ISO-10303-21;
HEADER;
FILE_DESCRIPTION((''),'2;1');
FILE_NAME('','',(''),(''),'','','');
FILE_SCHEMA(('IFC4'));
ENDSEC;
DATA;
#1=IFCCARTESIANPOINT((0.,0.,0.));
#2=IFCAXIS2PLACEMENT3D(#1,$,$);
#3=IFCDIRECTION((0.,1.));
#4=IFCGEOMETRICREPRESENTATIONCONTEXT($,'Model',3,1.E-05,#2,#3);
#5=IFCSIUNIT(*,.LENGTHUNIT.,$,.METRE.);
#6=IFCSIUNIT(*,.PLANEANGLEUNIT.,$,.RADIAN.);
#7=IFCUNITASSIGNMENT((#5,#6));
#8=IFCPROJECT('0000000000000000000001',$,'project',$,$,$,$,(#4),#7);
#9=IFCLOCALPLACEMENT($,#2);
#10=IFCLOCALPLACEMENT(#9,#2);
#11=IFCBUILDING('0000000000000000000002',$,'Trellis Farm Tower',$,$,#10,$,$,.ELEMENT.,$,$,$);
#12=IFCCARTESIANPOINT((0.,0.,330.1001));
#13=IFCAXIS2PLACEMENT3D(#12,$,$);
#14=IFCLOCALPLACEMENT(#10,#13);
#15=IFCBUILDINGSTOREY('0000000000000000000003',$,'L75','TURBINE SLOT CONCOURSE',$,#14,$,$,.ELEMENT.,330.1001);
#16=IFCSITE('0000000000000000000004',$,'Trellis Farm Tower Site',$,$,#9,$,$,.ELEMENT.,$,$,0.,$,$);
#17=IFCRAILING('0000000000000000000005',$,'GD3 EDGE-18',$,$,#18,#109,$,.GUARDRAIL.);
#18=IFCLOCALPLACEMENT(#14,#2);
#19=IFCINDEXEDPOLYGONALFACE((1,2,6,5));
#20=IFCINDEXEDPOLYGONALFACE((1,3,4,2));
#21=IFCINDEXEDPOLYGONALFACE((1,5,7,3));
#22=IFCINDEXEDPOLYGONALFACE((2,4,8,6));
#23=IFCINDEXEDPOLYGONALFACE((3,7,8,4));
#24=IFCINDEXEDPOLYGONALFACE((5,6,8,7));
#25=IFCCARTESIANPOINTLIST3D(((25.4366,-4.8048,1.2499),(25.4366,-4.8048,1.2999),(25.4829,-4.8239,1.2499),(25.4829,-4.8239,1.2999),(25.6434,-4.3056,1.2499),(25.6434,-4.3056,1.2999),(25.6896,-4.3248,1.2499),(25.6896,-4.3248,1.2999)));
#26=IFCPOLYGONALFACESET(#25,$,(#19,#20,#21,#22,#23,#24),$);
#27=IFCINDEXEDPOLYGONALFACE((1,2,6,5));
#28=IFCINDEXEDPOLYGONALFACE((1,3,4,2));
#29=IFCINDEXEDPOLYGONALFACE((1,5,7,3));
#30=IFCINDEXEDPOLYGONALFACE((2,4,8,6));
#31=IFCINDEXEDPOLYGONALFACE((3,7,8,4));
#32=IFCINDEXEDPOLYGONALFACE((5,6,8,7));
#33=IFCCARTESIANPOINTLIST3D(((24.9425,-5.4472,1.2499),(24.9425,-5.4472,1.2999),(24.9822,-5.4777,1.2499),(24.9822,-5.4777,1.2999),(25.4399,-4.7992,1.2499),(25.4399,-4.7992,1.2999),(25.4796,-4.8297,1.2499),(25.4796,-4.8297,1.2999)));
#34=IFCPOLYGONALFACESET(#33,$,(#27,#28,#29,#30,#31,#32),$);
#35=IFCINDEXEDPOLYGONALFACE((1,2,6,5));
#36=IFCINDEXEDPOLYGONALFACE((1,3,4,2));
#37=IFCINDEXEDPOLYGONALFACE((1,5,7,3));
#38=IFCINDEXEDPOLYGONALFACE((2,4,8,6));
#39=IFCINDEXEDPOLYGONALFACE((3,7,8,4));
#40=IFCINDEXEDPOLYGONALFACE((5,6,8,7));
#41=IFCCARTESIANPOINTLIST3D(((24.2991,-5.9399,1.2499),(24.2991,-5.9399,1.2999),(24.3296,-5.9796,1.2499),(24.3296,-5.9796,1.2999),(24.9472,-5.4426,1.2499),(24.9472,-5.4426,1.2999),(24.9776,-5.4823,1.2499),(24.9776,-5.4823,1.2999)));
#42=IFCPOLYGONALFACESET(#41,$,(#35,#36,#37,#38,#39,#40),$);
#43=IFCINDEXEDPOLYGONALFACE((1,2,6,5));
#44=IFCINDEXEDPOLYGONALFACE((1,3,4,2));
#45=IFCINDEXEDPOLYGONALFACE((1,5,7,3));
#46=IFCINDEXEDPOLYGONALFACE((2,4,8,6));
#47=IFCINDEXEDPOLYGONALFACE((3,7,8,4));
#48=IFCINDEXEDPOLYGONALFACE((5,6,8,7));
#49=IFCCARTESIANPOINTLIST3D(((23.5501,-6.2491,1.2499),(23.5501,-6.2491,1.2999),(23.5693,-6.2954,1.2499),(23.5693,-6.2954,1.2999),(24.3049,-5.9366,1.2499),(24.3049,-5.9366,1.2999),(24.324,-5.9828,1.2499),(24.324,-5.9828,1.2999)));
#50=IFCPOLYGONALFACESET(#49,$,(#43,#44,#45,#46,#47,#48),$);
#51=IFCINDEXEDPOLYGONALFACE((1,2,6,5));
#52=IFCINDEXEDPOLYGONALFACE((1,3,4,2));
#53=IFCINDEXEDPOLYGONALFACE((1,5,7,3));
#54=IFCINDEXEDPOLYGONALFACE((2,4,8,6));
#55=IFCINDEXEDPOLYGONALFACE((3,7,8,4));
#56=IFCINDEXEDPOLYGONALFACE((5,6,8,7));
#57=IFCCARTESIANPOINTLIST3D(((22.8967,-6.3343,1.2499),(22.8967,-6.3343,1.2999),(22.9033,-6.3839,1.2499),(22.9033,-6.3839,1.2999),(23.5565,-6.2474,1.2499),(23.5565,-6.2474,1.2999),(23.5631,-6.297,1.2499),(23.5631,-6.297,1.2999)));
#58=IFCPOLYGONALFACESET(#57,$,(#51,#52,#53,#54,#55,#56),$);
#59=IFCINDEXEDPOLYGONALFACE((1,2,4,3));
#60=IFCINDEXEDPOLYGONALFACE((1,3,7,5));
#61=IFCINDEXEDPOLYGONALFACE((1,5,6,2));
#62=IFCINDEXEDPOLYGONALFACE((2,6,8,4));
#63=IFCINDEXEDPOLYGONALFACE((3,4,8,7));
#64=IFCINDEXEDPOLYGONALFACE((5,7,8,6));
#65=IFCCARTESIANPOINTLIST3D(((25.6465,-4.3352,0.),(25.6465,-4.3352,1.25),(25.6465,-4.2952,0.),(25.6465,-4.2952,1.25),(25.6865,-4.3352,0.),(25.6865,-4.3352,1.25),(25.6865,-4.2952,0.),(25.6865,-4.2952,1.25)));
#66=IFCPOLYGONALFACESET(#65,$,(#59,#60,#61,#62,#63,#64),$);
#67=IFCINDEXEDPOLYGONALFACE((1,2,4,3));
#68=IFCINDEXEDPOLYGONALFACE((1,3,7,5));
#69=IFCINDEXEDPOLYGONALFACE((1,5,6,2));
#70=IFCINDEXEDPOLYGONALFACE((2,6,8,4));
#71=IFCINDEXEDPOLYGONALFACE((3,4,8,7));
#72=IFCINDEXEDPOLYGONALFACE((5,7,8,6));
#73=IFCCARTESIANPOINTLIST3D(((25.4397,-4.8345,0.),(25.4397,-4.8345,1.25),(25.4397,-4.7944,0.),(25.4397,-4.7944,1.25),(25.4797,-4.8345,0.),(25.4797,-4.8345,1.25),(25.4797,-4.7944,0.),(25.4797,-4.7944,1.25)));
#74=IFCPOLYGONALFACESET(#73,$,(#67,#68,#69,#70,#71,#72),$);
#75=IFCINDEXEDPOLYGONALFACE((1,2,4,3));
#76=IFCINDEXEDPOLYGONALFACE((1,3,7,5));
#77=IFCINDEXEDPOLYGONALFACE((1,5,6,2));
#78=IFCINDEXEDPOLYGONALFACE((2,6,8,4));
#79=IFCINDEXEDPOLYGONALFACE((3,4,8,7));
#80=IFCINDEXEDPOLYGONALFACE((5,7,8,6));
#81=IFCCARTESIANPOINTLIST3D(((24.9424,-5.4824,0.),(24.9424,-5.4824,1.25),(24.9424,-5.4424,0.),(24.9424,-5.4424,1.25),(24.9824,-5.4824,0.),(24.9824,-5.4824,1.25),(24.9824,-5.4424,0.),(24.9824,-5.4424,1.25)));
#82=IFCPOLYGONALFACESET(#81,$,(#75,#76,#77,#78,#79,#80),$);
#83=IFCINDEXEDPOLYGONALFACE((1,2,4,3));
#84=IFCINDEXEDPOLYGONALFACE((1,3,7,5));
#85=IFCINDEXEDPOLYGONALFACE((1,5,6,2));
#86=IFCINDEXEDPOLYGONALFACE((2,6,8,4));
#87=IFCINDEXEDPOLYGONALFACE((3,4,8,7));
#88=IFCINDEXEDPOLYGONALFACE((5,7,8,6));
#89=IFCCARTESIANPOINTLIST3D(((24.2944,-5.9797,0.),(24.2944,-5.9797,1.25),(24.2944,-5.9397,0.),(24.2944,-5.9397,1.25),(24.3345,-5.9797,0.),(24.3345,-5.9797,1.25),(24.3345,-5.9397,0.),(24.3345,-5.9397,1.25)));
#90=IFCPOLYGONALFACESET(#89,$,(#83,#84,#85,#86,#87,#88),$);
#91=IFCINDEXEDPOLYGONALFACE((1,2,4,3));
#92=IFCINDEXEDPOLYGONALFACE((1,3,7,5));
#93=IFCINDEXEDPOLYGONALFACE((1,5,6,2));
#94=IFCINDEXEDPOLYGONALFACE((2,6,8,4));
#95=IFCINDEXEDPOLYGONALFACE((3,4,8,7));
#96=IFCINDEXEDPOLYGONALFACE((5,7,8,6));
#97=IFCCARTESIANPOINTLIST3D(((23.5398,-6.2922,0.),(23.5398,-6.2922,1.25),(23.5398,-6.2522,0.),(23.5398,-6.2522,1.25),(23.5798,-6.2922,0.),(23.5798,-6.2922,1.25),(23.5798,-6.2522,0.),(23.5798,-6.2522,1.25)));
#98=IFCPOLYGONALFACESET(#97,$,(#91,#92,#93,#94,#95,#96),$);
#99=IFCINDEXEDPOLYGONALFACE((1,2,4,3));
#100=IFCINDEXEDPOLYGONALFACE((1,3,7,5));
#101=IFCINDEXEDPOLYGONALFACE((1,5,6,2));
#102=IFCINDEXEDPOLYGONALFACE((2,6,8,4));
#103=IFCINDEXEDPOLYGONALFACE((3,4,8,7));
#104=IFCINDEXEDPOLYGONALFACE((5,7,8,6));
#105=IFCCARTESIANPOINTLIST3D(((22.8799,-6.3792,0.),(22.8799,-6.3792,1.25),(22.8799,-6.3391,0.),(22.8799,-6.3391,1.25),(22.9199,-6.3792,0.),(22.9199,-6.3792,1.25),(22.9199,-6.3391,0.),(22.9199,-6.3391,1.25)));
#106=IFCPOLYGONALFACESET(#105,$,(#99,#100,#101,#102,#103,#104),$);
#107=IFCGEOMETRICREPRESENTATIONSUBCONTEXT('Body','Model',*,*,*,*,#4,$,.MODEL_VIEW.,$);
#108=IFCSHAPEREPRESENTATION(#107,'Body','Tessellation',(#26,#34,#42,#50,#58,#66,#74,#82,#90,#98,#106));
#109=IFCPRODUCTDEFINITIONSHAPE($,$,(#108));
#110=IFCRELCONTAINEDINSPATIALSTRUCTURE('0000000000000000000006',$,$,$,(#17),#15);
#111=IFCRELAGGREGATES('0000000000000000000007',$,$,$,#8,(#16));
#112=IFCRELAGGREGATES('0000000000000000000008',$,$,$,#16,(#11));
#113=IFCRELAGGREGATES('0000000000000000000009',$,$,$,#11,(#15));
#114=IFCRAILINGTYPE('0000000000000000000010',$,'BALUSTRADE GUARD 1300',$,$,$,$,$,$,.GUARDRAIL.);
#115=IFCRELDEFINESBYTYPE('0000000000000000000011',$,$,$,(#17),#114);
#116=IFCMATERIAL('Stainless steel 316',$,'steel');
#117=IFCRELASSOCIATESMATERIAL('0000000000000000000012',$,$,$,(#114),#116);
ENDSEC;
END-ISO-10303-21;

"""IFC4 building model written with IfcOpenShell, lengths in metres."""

from ifc_helpers import new_model, si_unit, direction, frame, origin, origin_2d, place, context, subcontext, project, spatial, rectangle, extrude, material, type_object, element, save


model = new_model("IFC4")

# Units and contexts
model_context = context("Model", 3, precision=1e-05, world=origin(), true_north=direction((0.0, 1.0)))
body_context = subcontext(model_context, "Body", "Model", "MODEL_VIEW")
ifc_project = project(units=[si_unit("LENGTHUNIT", "METRE"), si_unit("PLANEANGLEUNIT", "RADIAN")], contexts=[model_context])

# Site, building, storey
site_placement = place(None, origin())
site = spatial("IfcSite", under=ifc_project, at=site_placement, Name="Trellis Farm Tower Site", CompositionType="ELEMENT", RefElevation=0.0)
building_placement = place(site_placement, origin())
building = spatial("IfcBuilding", under=site, at=building_placement, Name="Trellis Farm Tower", CompositionType="ELEMENT")
storey_placement = place(building_placement, frame((0.0, 0.0, 330.1001)))
storey = spatial("IfcBuildingStorey", under=building, at=storey_placement, Name="L75", Description="TURBINE SLOT CONCOURSE", CompositionType="ELEMENT", Elevation=330.1001)

# Railing
ifc_material_1 = material(Name="Stainless steel 316", Category="steel")
railing_type_1 = type_object("IfcRailingType", Name="BALUSTRADE GUARD 1300", PredefinedType="GUARDRAIL", material=ifc_material_1)
railing_1_placement = place(storey_placement, frame((25.6665, -4.3152, 0.0)))
element("IfcRailing", 1, at=railing_1_placement, inside=storey, type_object=railing_type_1, Name="GD3 EDGE-18", PredefinedType="GUARDRAIL", context=body_context, shape_type="SweptSolid", body=[
    extrude(rectangle(XDim=0.05, YDim=0.05, at=origin_2d()), frame((0.0, 0.0, 1.2749), z_axis=(-0.382658, -0.92389, 0.0), x_axis=(0.92389, -0.382658, 0.0)), (0.0, 0.0, 1.0), 0.5403),
    extrude(rectangle(XDim=0.05, YDim=0.05, at=origin_2d()), frame((-0.2068, -0.4993, 1.2749), z_axis=(-0.608858, -0.793279, 0.0), x_axis=(0.793279, -0.608858, 0.0)), (0.0, 0.0, 1.0), 0.8169),
    extrude(rectangle(XDim=0.05, YDim=0.05, at=origin_2d()), frame((-0.7041, -1.1472, 1.2749), z_axis=(-0.793279, -0.608858, 0.0), x_axis=(0.608858, -0.793279, 0.0)), (0.0, 0.0, 1.0), 0.8169),
    extrude(rectangle(XDim=0.05, YDim=0.05, at=origin_2d()), frame((-1.3521, -1.6445, 1.2749), z_axis=(-0.923915, -0.382598, 0.0), x_axis=(0.382598, -0.923915, 0.0)), (0.0, 0.0, 1.0), 0.8169),
    extrude(rectangle(XDim=0.05, YDim=0.05, at=origin_2d()), frame((-2.1067, -1.957, 1.2749), z_axis=(-0.991438, -0.130578, 0.0), x_axis=(0.130578, -0.991438, 0.0)), (0.0, 0.0, 1.0), 0.6655),
    extrude(rectangle(XDim=0.04, YDim=0.04, at=origin_2d()), origin(), (0.0, 0.0, 1.0), 1.25),
    extrude(rectangle(XDim=0.04, YDim=0.04, at=origin_2d()), frame((-0.2068, -0.4993, 0.0)), (0.0, 0.0, 1.0), 1.25),
    extrude(rectangle(XDim=0.04, YDim=0.04, at=origin_2d()), frame((-0.7041, -1.1472, 0.0)), (0.0, 0.0, 1.0), 1.25),
    extrude(rectangle(XDim=0.04, YDim=0.04, at=origin_2d()), frame((-1.3521, -1.6445, 0.0)), (0.0, 0.0, 1.0), 1.25),
    extrude(rectangle(XDim=0.04, YDim=0.04, at=origin_2d()), frame((-2.1067, -1.957, 0.0)), (0.0, 0.0, 1.0), 1.25),
    extrude(rectangle(XDim=0.04, YDim=0.04, at=origin_2d()), frame((-2.7666, -2.0439, 0.0)), (0.0, 0.0, 1.0), 1.25),
])

save(model, "model.ifc")
